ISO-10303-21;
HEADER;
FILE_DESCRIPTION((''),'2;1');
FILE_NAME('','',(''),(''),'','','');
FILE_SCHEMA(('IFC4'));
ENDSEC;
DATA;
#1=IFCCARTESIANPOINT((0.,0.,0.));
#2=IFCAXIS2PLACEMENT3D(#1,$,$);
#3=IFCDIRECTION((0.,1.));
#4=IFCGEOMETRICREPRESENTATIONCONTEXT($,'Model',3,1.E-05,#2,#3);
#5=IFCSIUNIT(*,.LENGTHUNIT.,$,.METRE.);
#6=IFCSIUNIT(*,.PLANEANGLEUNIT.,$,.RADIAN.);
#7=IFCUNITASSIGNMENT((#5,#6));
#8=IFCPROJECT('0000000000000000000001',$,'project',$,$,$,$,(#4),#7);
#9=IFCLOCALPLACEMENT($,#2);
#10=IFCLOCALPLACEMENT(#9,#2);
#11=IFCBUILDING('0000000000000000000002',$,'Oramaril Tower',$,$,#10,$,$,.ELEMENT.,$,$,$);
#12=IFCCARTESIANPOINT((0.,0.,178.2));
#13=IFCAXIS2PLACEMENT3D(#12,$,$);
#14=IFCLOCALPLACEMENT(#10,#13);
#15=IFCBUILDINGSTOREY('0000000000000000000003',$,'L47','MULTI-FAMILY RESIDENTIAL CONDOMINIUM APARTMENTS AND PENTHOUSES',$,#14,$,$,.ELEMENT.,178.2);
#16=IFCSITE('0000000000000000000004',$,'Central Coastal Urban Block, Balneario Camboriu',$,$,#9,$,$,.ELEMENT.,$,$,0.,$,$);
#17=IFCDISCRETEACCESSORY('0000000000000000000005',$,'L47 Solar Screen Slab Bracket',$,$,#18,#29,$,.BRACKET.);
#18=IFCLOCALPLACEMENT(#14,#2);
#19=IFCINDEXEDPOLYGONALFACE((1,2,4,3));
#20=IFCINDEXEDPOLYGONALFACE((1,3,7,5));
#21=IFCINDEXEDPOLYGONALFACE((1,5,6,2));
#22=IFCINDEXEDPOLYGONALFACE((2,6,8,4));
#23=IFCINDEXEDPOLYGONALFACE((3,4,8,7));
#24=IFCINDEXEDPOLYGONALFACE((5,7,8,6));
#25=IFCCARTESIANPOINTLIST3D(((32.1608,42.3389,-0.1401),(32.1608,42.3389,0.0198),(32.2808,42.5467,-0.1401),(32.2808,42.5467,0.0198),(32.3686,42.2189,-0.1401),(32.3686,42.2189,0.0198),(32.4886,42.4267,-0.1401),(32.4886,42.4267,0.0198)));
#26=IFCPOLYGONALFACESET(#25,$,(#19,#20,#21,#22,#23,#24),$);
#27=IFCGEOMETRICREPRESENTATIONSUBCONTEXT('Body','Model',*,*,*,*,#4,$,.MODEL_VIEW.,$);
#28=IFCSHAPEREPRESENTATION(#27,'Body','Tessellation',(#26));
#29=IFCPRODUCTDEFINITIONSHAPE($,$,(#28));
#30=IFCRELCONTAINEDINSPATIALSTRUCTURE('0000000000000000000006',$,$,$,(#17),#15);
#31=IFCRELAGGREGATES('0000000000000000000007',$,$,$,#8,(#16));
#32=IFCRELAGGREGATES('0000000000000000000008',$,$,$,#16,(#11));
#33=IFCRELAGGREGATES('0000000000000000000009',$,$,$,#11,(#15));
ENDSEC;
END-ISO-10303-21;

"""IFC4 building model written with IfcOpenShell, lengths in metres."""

from ifc_helpers import new_model, si_unit, direction, frame, origin, origin_2d, place, context, subcontext, project, spatial, rectangle, extrude, element, save


model = new_model("IFC4")

# Units and contexts
model_context = context("Model", 3, precision=1e-05, world=origin(), true_north=direction((0.0, 1.0)))
body_context = subcontext(model_context, "Body", "Model", "MODEL_VIEW")
ifc_project = project(units=[si_unit("LENGTHUNIT", "METRE"), si_unit("PLANEANGLEUNIT", "RADIAN")], contexts=[model_context])

# Site, building, storey
site_placement = place(None, origin())
site = spatial("IfcSite", under=ifc_project, at=site_placement, Name="Central Coastal Urban Block, Balneario Camboriu", CompositionType="ELEMENT", RefElevation=0.0)
building_placement = place(site_placement, origin())
building = spatial("IfcBuilding", under=site, at=building_placement, Name="Oramaril Tower", CompositionType="ELEMENT")
storey_placement = place(building_placement, frame((0.0, 0.0, 178.2)))
storey = spatial("IfcBuildingStorey", under=building, at=storey_placement, Name="L47", Description="MULTI-FAMILY RESIDENTIAL CONDOMINIUM APARTMENTS AND PENTHOUSES", CompositionType="ELEMENT", Elevation=178.2)

# Discrete accessory
for number, where, z_axis, x_axis, name in (
    (1, (32.3247, 42.3828, -0.1401), (0.0, 0.0, 1.0), (-0.5, -0.866025, 0.0), "L47 Solar Screen Slab Bracket"),
):
    element("IfcDiscreteAccessory", number, at=place(storey_placement, frame(where, z_axis=z_axis, x_axis=x_axis)), inside=storey, Name=name, PredefinedType="BRACKET", context=body_context, shape_type="SweptSolid", body=[
        extrude(rectangle(XDim=0.24, YDim=0.24, at=origin_2d()), origin(), (0.0, 0.0, 1.0), 0.1599),
    ])

save(model, "model.ifc")
